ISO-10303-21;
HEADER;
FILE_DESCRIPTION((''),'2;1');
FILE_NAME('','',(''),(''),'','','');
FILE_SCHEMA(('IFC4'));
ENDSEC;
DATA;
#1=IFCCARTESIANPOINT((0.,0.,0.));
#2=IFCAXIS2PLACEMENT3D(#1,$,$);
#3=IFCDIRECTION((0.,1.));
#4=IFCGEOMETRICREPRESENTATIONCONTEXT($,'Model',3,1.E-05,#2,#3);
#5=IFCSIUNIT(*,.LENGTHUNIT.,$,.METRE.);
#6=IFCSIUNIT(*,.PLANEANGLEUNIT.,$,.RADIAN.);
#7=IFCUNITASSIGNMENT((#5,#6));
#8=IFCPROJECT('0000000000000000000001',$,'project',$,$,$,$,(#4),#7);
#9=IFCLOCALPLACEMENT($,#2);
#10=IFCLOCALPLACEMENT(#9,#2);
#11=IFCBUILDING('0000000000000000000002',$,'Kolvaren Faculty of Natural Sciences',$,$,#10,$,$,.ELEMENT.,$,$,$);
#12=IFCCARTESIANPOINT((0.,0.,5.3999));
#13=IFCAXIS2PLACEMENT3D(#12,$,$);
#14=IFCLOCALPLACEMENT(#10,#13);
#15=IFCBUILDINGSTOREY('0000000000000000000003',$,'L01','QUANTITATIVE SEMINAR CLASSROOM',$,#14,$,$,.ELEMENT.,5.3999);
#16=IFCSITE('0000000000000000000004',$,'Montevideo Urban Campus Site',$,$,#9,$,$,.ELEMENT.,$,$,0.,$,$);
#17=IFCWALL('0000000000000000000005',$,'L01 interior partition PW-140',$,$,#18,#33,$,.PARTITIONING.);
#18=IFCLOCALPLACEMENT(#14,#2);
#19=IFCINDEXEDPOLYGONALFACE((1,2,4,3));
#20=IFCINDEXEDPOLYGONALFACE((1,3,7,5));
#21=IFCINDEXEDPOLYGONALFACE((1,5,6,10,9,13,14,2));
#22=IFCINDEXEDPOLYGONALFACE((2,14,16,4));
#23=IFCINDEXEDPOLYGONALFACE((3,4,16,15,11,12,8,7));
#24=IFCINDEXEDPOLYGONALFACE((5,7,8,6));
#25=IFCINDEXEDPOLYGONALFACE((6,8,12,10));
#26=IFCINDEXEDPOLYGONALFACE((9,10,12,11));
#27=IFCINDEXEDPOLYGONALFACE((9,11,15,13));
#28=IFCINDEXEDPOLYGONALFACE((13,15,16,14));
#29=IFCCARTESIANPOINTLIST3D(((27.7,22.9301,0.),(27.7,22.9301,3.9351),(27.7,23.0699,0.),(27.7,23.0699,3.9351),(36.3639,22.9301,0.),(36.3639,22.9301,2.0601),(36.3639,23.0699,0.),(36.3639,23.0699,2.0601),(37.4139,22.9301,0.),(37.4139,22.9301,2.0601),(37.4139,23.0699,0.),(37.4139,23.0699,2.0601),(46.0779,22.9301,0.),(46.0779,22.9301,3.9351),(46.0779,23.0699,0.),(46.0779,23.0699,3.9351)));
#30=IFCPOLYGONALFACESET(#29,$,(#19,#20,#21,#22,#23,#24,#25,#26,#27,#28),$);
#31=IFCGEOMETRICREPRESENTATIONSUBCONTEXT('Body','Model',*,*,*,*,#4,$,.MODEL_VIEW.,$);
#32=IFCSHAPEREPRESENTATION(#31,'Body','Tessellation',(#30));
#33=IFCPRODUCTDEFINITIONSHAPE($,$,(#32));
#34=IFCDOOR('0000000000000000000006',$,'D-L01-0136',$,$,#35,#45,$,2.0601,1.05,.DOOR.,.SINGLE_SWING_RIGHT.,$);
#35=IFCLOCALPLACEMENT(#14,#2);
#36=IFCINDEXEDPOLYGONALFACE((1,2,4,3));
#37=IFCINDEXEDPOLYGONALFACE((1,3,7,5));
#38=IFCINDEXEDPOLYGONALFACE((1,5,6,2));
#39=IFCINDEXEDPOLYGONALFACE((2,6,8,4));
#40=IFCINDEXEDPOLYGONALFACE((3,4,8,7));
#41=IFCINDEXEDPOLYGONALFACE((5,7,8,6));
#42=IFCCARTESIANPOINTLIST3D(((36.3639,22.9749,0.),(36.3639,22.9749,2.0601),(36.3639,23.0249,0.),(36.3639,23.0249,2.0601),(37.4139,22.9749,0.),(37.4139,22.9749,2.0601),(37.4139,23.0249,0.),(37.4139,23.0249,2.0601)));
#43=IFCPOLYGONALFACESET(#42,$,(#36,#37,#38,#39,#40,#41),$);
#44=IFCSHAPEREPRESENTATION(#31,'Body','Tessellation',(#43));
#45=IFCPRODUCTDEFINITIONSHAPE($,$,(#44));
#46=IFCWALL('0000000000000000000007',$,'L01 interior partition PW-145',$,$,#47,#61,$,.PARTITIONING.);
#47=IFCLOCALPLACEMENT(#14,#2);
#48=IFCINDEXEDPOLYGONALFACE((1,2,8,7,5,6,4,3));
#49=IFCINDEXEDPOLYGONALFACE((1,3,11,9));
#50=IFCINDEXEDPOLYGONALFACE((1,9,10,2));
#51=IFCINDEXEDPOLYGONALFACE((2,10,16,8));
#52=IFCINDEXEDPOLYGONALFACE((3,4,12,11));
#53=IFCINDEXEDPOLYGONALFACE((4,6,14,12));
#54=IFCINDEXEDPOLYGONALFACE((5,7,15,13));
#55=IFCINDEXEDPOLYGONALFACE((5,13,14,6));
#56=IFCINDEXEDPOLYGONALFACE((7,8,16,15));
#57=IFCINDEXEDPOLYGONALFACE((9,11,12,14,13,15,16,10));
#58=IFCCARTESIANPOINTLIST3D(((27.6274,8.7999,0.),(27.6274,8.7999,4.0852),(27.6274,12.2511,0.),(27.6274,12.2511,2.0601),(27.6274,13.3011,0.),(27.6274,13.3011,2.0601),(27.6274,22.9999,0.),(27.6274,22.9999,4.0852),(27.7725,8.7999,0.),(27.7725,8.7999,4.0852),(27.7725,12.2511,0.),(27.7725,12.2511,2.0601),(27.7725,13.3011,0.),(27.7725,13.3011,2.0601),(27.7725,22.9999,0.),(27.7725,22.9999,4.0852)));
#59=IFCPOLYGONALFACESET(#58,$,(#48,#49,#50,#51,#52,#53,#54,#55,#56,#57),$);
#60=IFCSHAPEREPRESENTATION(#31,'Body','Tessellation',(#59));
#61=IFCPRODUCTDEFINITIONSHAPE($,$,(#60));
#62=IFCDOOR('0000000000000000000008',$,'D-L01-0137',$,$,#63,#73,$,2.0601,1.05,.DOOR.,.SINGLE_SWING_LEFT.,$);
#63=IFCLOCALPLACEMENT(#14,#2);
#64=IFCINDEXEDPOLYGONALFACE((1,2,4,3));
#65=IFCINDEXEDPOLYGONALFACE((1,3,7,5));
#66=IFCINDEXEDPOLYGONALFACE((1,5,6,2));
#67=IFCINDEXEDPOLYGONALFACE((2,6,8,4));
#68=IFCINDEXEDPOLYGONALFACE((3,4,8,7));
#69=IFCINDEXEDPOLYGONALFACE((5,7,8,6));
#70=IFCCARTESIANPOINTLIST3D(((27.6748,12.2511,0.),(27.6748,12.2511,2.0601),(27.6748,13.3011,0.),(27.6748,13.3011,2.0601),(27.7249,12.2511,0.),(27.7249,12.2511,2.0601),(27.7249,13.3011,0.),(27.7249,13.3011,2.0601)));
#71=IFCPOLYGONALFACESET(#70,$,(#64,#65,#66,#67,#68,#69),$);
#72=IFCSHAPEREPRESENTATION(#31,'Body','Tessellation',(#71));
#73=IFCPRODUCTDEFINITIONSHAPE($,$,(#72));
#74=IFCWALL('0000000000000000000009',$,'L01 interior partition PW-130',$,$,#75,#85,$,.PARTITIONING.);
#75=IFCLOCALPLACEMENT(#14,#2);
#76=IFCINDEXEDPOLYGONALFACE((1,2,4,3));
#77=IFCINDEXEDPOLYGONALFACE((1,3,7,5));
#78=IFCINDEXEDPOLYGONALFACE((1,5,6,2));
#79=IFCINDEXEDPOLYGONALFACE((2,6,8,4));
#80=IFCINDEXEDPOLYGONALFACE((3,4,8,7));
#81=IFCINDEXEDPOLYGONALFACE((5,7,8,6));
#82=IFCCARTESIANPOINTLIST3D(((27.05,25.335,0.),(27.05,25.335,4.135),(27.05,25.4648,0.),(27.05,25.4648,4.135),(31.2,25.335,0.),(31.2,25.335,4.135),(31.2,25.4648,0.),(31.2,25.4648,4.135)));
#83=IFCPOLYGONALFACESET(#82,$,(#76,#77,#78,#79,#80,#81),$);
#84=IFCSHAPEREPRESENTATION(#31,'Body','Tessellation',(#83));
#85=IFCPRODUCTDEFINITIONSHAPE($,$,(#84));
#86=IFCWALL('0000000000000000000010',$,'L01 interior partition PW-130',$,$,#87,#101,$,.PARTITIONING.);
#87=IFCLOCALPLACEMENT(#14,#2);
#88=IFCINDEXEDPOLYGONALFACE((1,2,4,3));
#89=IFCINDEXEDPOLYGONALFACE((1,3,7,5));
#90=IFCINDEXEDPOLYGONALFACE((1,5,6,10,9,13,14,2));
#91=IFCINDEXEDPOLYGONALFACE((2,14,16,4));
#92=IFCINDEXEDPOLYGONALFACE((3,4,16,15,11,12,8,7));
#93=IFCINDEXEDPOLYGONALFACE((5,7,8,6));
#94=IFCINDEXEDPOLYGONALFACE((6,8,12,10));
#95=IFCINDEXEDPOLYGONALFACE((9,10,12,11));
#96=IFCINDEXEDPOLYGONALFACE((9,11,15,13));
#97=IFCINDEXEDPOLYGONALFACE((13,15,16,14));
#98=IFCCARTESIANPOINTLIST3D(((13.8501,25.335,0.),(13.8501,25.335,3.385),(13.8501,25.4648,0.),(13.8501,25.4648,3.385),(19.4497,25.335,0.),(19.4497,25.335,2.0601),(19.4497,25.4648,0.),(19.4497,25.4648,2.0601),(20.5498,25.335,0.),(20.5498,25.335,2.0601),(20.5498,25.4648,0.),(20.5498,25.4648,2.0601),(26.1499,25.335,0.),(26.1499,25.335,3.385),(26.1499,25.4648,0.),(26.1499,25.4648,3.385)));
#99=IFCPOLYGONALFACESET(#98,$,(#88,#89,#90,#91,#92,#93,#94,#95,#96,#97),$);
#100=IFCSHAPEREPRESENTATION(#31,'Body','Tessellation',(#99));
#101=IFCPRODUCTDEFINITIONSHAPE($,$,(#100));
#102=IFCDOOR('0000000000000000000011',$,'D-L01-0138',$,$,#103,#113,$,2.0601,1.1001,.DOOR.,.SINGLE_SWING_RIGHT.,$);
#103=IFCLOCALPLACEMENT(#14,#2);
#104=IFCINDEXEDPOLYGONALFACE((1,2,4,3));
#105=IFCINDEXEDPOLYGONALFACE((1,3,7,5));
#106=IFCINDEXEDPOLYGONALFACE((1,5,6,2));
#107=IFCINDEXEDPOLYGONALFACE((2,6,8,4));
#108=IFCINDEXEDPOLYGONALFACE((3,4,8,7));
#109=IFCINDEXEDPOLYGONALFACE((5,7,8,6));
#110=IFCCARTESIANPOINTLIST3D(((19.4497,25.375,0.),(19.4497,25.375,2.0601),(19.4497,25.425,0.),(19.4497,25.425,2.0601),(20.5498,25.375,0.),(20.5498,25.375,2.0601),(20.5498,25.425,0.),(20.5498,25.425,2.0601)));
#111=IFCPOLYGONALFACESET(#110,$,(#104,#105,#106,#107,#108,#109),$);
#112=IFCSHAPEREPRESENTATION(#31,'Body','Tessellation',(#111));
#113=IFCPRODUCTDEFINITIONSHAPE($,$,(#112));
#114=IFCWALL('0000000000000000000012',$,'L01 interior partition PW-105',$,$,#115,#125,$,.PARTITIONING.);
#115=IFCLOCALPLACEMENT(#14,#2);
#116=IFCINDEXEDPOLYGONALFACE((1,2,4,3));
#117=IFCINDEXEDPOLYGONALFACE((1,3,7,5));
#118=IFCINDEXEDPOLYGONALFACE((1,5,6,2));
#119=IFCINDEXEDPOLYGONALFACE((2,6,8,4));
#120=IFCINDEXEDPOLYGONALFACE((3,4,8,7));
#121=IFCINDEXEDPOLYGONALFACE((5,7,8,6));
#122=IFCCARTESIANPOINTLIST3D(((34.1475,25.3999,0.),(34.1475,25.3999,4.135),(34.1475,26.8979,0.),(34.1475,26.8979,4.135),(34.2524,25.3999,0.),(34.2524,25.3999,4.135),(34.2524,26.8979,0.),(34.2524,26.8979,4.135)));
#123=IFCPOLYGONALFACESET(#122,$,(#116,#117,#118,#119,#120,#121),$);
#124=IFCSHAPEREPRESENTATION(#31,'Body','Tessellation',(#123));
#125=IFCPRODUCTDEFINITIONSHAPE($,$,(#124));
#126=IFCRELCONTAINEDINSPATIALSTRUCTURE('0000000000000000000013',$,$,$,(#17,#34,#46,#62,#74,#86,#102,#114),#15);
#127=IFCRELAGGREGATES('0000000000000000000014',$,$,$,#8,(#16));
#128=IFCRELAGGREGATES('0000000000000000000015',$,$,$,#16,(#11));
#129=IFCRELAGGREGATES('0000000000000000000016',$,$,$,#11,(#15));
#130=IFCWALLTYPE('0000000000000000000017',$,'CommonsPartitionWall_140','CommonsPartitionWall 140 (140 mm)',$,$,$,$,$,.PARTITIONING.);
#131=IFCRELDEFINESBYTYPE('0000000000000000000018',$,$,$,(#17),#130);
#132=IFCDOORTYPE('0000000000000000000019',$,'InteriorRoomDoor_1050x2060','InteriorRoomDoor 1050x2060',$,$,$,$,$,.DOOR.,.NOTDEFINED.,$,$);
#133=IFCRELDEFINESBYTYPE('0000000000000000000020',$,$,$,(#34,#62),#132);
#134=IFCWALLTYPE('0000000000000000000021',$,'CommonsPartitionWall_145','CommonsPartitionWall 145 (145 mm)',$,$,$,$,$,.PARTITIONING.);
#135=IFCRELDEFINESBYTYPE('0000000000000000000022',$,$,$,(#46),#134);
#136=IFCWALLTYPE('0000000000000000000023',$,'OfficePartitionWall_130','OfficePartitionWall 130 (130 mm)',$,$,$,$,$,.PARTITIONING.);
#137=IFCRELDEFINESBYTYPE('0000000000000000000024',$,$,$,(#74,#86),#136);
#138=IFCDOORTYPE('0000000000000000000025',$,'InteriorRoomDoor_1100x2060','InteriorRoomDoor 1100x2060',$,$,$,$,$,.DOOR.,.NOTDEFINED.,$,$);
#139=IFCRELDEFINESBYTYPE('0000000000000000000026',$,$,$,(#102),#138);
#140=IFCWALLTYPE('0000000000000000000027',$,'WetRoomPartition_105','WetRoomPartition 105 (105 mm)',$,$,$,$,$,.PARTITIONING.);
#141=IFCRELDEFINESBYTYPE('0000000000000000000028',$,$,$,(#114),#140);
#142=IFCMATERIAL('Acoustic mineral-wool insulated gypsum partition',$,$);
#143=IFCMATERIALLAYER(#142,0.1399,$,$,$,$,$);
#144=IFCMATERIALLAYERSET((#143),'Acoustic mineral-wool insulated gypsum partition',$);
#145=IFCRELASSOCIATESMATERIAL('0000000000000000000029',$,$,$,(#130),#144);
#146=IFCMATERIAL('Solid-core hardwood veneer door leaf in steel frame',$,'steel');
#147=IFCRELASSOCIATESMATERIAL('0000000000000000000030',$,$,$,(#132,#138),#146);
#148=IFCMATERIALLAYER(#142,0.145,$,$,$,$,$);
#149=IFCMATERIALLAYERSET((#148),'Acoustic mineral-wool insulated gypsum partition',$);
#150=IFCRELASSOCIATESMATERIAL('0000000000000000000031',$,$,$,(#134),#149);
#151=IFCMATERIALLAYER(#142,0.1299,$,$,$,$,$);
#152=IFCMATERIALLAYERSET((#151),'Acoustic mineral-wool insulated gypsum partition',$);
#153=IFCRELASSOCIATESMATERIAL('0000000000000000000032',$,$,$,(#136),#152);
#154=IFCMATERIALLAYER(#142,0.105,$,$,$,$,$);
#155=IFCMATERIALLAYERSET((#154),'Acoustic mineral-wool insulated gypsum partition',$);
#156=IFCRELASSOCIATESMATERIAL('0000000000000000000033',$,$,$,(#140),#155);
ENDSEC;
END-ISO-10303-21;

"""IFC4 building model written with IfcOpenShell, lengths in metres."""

from ifc_helpers import new_model, si_unit, direction, frame, frame_2d, origin, place, context, subcontext, project, spatial, rectangle, extrude, material, layer, layer_set, type_object, element, fill, save


model = new_model("IFC4")

# Units and contexts
model_context = context("Model", 3, precision=1e-05, world=origin(), true_north=direction((0.0, 1.0)))
body_context = subcontext(model_context, "Body", "Model", "MODEL_VIEW")
ifc_project = project(units=[si_unit("LENGTHUNIT", "METRE"), si_unit("PLANEANGLEUNIT", "RADIAN")], contexts=[model_context])

# Site, building, storey
site_placement = place(None, origin())
site = spatial("IfcSite", under=ifc_project, at=site_placement, Name="Montevideo Urban Campus Site", CompositionType="ELEMENT", RefElevation=0.0)
building_placement = place(site_placement, origin())
building = spatial("IfcBuilding", under=site, at=building_placement, Name="Kolvaren Faculty of Natural Sciences", CompositionType="ELEMENT")
storey_placement = place(building_placement, frame((0.0, 0.0, 5.3999)))
storey = spatial("IfcBuildingStorey", under=building, at=storey_placement, Name="L01", Description="QUANTITATIVE SEMINAR CLASSROOM", CompositionType="ELEMENT", Elevation=5.3999)

# Walls, openings, doors
ifc_material_1 = material(Name="Acoustic mineral-wool insulated gypsum partition")
ifc_layer_1 = layer(ifc_material_1, 0.1399)
ifc_layer_set_1 = layer_set([ifc_layer_1], Name="Acoustic mineral-wool insulated gypsum partition")
wall_type_1 = type_object("IfcWallType", Name="CommonsPartitionWall_140", Description="CommonsPartitionWall 140 (140 mm)", PredefinedType="PARTITIONING", material=ifc_layer_set_1)
wall_1_placement = place(storey_placement, frame((27.7, 23.0, 0.0), z_axis=(0.0, 0.0, 1.0), x_axis=(1.0, 0.0, 0.0)))
wall_1 = element("IfcWall", 1, at=wall_1_placement, inside=storey, type_object=wall_type_1, Name="L01 interior partition PW-140", PredefinedType="PARTITIONING", context=body_context, shape_type="SweptSolid", body=[
    extrude(rectangle(XDim=18.3779, YDim=0.1399, at=frame_2d((9.189, 0.0))), origin(), (0.0, 0.0, 1.0), 3.9351),
])
opening_1_placement = place(wall_1_placement, frame((8.6641, 0.0, 0.0)))
opening_1 = element("IfcOpeningElement", 2, at=opening_1_placement, cuts=wall_1, PredefinedType="OPENING", context=body_context, shape_type="SweptSolid", body=[
    extrude(rectangle(XDim=1.05, YDim=2.0601, at=frame_2d((0.5249, 1.03))), frame((0.0, 0.0798, 0.0), z_axis=(0.0, -1.0, 0.0), x_axis=(1.0, 0.0, 0.0)), (0.0, 0.0, 1.0), 0.1599),
])
ifc_material_2 = material(Name="Solid-core hardwood veneer door leaf in steel frame", Category="steel")
door_type_1 = type_object("IfcDoorType", Name="InteriorRoomDoor_1050x2060", Description="InteriorRoomDoor 1050x2060", OperationType="NOTDEFINED", PredefinedType="DOOR", material=ifc_material_2)
door_1_placement = place(opening_1_placement, origin())
door_1 = element("IfcDoor", 3, at=door_1_placement, inside=storey, type_object=door_type_1, Name="D-L01-0136", OperationType="SINGLE_SWING_RIGHT", OverallHeight=2.0601, OverallWidth=1.05, PredefinedType="DOOR", context=body_context, shape_type="SweptSolid", body=[
    extrude(rectangle(XDim=1.05, YDim=2.0601, at=frame_2d((0.5249, 1.03))), frame((0.0, 0.0249, 0.0), z_axis=(0.0, -1.0, 0.0), x_axis=(1.0, 0.0, 0.0)), (0.0, 0.0, 1.0), 0.05),
])
fill(opening_1, door_1)
ifc_layer_2 = layer(ifc_material_1, 0.145)
ifc_layer_set_2 = layer_set([ifc_layer_2], Name="Acoustic mineral-wool insulated gypsum partition")
wall_type_2 = type_object("IfcWallType", Name="CommonsPartitionWall_145", Description="CommonsPartitionWall 145 (145 mm)", PredefinedType="PARTITIONING", material=ifc_layer_set_2)
wall_2_placement = place(storey_placement, frame((27.7, 23.0, 0.0), z_axis=(0.0, 0.0, 1.0), x_axis=(0.0, -1.0, 0.0)))
wall_2 = element("IfcWall", 4, at=wall_2_placement, inside=storey, type_object=wall_type_2, Name="L01 interior partition PW-145", PredefinedType="PARTITIONING", context=body_context, shape_type="SweptSolid", body=[
    extrude(rectangle(XDim=14.2, YDim=0.145, at=frame_2d((7.1001, 0.0))), origin(), (0.0, 0.0, 1.0), 4.0852),
])
opening_2_placement = place(wall_2_placement, frame((9.699, 0.0, 0.0)))
opening_2 = element("IfcOpeningElement", 5, at=opening_2_placement, cuts=wall_2, PredefinedType="OPENING", context=body_context, shape_type="SweptSolid", body=[
    extrude(rectangle(XDim=1.05, YDim=2.0601, at=frame_2d((0.5249, 1.03))), frame((0.0, 0.0825, 0.0), z_axis=(0.0, -1.0, 0.0), x_axis=(1.0, 0.0, 0.0)), (0.0, 0.0, 1.0), 0.165),
])
door_2_placement = place(opening_2_placement, origin())
door_2 = element("IfcDoor", 6, at=door_2_placement, inside=storey, type_object=door_type_1, Name="D-L01-0137", OperationType="SINGLE_SWING_LEFT", OverallHeight=2.0601, OverallWidth=1.05, PredefinedType="DOOR", context=body_context, shape_type="SweptSolid", body=[
    extrude(rectangle(XDim=1.05, YDim=2.0601, at=frame_2d((0.5249, 1.03))), frame((0.0, 0.0249, 0.0), z_axis=(0.0, -1.0, 0.0), x_axis=(1.0, 0.0, 0.0)), (0.0, 0.0, 1.0), 0.05),
])
fill(opening_2, door_2)

# Wall
ifc_layer_3 = layer(ifc_material_1, 0.1299)
ifc_layer_set_3 = layer_set([ifc_layer_3], Name="Acoustic mineral-wool insulated gypsum partition")
wall_type_3 = type_object("IfcWallType", Name="OfficePartitionWall_130", Description="OfficePartitionWall 130 (130 mm)", PredefinedType="PARTITIONING", material=ifc_layer_set_3)
wall_3_placement = place(storey_placement, frame((31.2, 25.3999, 0.0), z_axis=(0.0, 0.0, 1.0), x_axis=(-1.0, 0.0, 0.0)))
element("IfcWall", 7, at=wall_3_placement, inside=storey, type_object=wall_type_3, Name="L01 interior partition PW-130", PredefinedType="PARTITIONING", context=body_context, shape_type="SweptSolid", body=[
    extrude(rectangle(XDim=4.1499, YDim=0.1299, at=frame_2d((2.075, 0.0))), origin(), (0.0, 0.0, 1.0), 4.135),
])

# Wall, opening, door
wall_4_placement = place(storey_placement, frame((26.1499, 25.3999, 0.0), z_axis=(0.0, 0.0, 1.0), x_axis=(-1.0, 0.0, 0.0)))
wall_4 = element("IfcWall", 8, at=wall_4_placement, inside=storey, type_object=wall_type_3, Name="L01 interior partition PW-130", PredefinedType="PARTITIONING", context=body_context, shape_type="SweptSolid", body=[
    extrude(rectangle(XDim=12.2998, YDim=0.1299, at=frame_2d((6.1499, 0.0))), origin(), (0.0, 0.0, 1.0), 3.385),
])
opening_3_placement = place(wall_4_placement, frame((5.6001, 0.0, 0.0)))
opening_3 = element("IfcOpeningElement", 9, at=opening_3_placement, cuts=wall_4, PredefinedType="OPENING", context=body_context, shape_type="SweptSolid", body=[
    extrude(rectangle(XDim=1.1001, YDim=2.0601, at=frame_2d((0.55, 1.03))), frame((0.0, 0.075, 0.0), z_axis=(0.0, -1.0, 0.0), x_axis=(1.0, 0.0, 0.0)), (0.0, 0.0, 1.0), 0.1499),
])
door_type_2 = type_object("IfcDoorType", Name="InteriorRoomDoor_1100x2060", Description="InteriorRoomDoor 1100x2060", OperationType="NOTDEFINED", PredefinedType="DOOR", material=ifc_material_2)
door_3_placement = place(opening_3_placement, origin())
door_3 = element("IfcDoor", 10, at=door_3_placement, inside=storey, type_object=door_type_2, Name="D-L01-0138", OperationType="SINGLE_SWING_RIGHT", OverallHeight=2.0601, OverallWidth=1.1001, PredefinedType="DOOR", context=body_context, shape_type="SweptSolid", body=[
    extrude(rectangle(XDim=1.1001, YDim=2.0601, at=frame_2d((0.55, 1.03))), frame((0.0, 0.0249, 0.0), z_axis=(0.0, -1.0, 0.0), x_axis=(1.0, 0.0, 0.0)), (0.0, 0.0, 1.0), 0.05),
])
fill(opening_3, door_3)

# Wall
ifc_layer_4 = layer(ifc_material_1, 0.105)
ifc_layer_set_4 = layer_set([ifc_layer_4], Name="Acoustic mineral-wool insulated gypsum partition")
wall_type_4 = type_object("IfcWallType", Name="WetRoomPartition_105", Description="WetRoomPartition 105 (105 mm)", PredefinedType="PARTITIONING", material=ifc_layer_set_4)
wall_5_placement = place(storey_placement, frame((34.2, 25.3999, 0.0), z_axis=(0.0, 0.0, 1.0), x_axis=(0.0, 1.0, 0.0)))
element("IfcWall", 11, at=wall_5_placement, inside=storey, type_object=wall_type_4, Name="L01 interior partition PW-105", PredefinedType="PARTITIONING", context=body_context, shape_type="SweptSolid", body=[
    extrude(rectangle(XDim=1.498, YDim=0.105, at=frame_2d((0.749, 0.0))), origin(), (0.0, 0.0, 1.0), 4.135),
])

save(model, "model.ifc")
